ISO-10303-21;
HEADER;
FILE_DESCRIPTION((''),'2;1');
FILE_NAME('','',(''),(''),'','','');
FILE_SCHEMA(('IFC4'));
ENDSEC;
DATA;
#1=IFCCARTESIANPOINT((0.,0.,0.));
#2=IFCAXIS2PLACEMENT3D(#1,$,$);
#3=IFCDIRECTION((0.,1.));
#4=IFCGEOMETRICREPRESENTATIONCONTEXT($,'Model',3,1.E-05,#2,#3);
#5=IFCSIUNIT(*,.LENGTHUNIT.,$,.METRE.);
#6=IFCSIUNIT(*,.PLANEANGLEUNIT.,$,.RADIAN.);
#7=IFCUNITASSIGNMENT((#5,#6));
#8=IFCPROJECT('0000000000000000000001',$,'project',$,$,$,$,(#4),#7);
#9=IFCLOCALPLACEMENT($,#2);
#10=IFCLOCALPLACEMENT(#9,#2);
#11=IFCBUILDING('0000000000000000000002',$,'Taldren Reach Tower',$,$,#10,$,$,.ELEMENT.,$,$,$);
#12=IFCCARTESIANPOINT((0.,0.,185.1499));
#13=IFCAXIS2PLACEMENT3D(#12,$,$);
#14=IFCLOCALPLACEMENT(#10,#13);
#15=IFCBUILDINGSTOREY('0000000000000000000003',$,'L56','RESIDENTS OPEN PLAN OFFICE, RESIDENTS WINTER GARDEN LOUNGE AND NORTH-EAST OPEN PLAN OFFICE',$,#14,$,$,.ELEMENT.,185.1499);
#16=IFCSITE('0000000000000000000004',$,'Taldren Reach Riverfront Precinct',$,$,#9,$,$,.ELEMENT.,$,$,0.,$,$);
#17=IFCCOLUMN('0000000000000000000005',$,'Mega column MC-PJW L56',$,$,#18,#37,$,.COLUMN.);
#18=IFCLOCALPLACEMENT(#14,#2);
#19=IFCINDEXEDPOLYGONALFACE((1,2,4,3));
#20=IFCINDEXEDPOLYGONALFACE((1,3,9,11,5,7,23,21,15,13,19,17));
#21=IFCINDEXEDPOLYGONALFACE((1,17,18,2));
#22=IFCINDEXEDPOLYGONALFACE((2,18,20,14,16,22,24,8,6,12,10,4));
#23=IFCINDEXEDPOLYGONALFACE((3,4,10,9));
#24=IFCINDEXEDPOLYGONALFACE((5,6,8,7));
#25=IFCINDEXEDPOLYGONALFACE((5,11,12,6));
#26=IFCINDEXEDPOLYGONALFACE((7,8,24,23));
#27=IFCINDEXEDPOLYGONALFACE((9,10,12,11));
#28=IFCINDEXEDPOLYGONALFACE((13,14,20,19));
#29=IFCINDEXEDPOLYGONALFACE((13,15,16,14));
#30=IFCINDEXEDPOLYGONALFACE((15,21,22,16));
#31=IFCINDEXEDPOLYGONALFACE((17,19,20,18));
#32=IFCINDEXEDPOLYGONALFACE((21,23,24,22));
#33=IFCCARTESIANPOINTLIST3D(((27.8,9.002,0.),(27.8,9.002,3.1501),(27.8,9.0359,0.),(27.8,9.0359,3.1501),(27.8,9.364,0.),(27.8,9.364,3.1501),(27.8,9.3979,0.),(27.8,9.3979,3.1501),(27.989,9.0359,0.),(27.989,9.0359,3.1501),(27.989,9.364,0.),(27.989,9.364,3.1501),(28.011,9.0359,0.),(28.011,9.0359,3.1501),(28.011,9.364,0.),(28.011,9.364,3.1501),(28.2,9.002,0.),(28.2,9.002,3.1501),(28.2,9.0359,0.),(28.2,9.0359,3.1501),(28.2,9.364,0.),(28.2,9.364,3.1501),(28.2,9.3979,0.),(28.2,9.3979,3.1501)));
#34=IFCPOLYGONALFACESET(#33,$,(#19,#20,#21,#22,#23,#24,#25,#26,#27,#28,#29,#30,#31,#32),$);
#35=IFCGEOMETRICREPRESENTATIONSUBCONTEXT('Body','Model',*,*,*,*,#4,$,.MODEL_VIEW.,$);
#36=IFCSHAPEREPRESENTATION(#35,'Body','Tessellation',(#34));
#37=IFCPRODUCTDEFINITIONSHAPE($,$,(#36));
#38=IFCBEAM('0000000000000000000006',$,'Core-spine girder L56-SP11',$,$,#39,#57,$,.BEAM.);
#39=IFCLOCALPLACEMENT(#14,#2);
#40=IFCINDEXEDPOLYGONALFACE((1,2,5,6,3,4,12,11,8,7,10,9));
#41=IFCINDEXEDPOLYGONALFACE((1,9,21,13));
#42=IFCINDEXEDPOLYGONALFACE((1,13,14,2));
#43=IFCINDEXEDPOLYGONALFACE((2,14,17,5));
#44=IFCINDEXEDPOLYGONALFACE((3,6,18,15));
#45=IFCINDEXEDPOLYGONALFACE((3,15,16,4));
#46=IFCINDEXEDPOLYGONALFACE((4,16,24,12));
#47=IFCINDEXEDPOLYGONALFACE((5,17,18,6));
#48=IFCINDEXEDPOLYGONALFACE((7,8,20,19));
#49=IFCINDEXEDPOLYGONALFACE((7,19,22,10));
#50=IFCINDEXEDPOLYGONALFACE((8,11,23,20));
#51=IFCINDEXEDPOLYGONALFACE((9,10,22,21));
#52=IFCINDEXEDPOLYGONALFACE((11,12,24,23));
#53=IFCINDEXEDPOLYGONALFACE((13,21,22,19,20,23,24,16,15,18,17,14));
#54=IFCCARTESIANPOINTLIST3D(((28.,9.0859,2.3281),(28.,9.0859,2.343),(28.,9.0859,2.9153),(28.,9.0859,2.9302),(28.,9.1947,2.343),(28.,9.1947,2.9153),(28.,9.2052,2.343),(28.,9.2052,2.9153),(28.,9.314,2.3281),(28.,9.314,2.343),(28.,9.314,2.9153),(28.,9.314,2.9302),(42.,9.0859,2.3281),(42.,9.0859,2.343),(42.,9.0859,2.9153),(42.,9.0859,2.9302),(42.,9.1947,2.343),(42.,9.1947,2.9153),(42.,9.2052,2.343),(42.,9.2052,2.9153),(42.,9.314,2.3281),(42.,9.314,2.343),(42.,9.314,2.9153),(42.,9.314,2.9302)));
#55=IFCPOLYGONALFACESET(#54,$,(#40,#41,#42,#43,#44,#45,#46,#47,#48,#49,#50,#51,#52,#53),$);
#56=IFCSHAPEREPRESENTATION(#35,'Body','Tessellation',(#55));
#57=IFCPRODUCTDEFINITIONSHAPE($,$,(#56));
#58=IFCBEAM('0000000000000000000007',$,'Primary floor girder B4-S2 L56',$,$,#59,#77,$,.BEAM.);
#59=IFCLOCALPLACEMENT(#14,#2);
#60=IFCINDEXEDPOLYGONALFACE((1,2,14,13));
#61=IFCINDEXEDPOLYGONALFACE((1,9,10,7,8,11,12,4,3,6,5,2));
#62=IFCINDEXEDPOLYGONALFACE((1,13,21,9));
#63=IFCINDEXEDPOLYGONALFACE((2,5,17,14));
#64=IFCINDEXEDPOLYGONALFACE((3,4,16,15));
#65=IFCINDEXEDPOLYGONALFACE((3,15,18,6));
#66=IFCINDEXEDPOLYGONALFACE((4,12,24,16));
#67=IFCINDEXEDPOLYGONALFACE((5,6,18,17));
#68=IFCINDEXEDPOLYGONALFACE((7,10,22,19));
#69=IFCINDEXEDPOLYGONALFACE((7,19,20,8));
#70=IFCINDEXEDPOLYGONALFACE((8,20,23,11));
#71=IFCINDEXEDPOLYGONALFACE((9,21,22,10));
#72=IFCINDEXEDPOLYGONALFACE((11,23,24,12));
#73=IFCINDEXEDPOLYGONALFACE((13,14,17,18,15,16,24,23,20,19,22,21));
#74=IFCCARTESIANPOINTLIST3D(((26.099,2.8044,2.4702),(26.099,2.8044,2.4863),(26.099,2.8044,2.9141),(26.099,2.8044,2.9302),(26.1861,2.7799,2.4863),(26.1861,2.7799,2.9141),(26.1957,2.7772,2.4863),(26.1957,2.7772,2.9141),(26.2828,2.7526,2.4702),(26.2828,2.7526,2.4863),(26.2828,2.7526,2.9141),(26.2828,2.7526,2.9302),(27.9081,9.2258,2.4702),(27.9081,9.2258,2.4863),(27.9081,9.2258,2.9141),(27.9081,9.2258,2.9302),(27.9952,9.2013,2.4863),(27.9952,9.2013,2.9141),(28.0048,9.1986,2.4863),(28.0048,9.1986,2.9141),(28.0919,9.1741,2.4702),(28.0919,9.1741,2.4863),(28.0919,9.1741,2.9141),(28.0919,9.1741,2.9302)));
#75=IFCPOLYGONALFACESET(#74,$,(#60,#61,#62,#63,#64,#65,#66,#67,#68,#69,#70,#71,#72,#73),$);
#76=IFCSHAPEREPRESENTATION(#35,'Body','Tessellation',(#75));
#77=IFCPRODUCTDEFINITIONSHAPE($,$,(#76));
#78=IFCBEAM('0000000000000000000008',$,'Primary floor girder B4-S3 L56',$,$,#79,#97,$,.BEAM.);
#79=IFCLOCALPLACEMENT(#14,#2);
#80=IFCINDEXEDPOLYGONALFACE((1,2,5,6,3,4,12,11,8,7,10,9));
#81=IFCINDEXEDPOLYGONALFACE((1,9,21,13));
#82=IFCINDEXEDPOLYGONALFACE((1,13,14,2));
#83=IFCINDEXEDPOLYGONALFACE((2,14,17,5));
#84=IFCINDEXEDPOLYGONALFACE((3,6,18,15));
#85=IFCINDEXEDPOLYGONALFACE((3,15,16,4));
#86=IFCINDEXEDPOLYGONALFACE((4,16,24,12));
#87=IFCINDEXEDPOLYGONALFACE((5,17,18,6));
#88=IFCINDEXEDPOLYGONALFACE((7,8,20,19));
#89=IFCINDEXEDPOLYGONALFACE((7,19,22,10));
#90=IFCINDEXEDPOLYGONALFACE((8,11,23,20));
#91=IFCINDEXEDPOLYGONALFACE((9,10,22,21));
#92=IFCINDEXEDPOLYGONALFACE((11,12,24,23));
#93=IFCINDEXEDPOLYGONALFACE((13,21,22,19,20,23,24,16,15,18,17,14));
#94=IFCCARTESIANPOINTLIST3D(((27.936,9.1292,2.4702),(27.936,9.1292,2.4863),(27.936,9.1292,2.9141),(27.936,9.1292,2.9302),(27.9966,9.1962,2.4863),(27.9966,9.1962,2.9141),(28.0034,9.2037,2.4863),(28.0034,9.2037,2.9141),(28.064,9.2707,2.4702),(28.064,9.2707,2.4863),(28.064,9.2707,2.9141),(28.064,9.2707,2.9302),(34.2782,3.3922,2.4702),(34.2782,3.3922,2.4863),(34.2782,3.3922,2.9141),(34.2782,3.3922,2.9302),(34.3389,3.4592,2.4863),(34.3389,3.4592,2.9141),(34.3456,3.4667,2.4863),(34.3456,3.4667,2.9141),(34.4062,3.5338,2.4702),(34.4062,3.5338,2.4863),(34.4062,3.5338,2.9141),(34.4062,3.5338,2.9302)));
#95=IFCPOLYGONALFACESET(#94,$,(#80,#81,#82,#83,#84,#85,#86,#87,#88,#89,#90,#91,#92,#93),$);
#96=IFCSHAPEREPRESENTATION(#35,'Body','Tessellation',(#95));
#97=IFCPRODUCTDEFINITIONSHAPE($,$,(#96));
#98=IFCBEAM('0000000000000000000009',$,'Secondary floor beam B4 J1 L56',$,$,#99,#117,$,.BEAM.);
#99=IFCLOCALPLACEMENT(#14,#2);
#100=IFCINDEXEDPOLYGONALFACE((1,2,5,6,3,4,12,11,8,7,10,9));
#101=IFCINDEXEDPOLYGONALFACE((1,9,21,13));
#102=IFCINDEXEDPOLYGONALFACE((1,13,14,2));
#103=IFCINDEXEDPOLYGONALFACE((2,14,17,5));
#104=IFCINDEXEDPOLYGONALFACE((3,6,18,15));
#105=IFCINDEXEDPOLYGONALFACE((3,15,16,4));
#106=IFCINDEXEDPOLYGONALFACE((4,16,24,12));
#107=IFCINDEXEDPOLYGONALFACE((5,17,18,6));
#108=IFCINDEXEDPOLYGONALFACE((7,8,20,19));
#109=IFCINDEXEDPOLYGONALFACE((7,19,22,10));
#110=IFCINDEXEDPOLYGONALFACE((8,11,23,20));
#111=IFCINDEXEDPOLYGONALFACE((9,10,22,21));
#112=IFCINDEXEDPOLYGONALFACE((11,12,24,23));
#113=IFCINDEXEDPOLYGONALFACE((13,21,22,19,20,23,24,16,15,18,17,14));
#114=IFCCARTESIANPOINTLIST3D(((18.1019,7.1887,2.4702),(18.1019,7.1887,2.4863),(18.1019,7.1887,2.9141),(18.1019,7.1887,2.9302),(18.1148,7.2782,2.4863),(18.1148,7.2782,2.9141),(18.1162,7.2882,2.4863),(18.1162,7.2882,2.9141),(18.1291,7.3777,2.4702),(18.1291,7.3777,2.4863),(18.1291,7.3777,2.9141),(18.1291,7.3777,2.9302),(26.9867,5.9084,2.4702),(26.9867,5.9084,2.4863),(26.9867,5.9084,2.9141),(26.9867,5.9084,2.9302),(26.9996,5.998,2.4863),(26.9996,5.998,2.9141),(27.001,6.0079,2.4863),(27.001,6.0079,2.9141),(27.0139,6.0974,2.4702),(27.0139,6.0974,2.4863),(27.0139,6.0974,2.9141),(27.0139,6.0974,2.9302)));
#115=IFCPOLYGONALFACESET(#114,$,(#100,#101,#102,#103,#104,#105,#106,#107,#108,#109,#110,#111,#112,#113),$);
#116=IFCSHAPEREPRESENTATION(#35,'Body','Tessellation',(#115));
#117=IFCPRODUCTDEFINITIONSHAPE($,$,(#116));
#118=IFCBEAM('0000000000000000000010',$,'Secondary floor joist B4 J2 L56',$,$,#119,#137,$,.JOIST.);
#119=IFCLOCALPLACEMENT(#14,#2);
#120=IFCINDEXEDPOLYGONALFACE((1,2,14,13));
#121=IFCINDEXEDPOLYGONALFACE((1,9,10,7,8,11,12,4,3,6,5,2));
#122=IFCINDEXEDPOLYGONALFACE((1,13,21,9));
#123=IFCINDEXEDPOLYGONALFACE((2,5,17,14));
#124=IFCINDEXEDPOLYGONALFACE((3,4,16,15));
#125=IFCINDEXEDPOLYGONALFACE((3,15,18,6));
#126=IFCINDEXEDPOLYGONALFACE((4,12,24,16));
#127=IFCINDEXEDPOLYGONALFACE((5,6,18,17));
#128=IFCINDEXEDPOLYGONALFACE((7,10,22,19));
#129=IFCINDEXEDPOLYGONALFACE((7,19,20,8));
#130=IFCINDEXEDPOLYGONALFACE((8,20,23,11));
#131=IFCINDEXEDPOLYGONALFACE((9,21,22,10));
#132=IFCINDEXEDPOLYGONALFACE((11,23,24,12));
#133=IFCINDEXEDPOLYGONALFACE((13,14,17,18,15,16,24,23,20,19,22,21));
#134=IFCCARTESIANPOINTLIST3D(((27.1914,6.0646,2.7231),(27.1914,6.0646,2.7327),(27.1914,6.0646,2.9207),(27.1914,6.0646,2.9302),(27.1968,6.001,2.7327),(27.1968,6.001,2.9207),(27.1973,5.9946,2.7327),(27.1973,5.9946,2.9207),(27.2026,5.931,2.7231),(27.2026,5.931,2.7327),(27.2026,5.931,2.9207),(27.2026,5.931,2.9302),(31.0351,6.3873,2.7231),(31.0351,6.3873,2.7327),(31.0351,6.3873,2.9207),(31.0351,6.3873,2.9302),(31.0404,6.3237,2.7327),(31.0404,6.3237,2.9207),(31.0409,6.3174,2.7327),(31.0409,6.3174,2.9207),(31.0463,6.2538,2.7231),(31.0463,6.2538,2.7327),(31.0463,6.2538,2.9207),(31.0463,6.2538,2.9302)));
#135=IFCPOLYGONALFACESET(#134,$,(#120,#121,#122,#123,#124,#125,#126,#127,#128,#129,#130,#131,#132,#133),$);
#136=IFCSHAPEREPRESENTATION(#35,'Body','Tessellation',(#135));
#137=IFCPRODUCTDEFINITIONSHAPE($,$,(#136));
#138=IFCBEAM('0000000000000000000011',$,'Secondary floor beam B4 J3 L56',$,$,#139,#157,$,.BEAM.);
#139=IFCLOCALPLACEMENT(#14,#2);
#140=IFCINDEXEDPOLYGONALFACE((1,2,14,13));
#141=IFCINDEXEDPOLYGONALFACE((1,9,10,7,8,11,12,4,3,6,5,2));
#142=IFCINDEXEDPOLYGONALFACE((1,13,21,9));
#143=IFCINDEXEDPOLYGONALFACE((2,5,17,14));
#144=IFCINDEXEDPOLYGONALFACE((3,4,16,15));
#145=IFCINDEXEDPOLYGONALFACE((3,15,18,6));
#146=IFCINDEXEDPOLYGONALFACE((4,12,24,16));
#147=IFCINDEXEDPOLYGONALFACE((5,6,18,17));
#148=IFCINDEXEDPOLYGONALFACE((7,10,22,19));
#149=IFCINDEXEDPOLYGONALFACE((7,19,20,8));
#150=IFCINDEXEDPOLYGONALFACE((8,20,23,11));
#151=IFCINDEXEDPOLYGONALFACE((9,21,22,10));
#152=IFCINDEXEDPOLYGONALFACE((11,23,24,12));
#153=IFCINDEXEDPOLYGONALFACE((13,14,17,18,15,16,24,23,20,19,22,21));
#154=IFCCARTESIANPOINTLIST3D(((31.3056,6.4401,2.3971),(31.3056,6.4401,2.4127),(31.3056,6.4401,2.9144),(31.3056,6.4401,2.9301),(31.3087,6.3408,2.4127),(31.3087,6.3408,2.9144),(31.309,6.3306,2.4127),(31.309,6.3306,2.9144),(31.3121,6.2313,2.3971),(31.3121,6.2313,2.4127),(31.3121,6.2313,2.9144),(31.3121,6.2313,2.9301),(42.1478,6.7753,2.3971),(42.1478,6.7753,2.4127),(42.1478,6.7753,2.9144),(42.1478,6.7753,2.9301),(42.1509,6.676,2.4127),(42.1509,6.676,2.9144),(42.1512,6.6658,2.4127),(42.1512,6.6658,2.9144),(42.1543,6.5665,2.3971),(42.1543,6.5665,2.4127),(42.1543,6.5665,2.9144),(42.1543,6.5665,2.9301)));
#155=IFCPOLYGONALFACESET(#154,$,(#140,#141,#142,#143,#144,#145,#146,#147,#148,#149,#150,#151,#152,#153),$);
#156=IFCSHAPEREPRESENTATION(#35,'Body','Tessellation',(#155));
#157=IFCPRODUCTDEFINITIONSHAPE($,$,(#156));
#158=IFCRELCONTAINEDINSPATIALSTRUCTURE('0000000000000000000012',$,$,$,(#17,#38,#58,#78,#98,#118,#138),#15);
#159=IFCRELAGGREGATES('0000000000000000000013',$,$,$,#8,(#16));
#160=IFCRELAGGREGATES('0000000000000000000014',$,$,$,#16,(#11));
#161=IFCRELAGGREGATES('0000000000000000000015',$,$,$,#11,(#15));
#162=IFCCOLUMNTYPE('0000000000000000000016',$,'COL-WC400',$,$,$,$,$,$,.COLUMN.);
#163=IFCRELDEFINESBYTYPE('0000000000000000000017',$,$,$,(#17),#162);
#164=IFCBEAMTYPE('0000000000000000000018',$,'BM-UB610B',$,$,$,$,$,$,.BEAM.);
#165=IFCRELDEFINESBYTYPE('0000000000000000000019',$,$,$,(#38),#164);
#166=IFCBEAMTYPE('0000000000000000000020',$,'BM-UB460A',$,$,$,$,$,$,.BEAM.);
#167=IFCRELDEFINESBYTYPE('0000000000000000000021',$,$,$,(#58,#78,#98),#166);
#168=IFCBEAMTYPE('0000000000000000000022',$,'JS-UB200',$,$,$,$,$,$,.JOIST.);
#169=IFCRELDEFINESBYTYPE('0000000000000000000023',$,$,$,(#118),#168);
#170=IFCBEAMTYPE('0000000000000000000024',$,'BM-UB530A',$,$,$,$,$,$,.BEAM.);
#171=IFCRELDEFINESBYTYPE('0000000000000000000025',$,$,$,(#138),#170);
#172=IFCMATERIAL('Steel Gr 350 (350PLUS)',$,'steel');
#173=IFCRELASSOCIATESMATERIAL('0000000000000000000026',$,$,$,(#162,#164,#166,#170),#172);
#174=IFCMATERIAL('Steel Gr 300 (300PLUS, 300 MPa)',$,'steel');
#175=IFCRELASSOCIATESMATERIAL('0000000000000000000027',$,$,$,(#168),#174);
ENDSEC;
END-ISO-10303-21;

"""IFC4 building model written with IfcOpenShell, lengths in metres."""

from ifc_helpers import new_model, si_unit, direction, frame, origin, origin_2d, place, context, subcontext, project, spatial, i_section, extrude, source, transform, mapped, material, material_profile, profile_set, type_object, element, save


model = new_model("IFC4")

# Units and contexts
model_context = context("Model", 3, precision=1e-05, world=origin(), true_north=direction((0.0, 1.0)))
body_context = subcontext(model_context, "Body", "Model", "MODEL_VIEW")
ifc_project = project(units=[si_unit("LENGTHUNIT", "METRE"), si_unit("PLANEANGLEUNIT", "RADIAN")], contexts=[model_context])

# Site, building, storey
site_placement = place(None, origin())
site = spatial("IfcSite", under=ifc_project, at=site_placement, Name="Taldren Reach Riverfront Precinct", CompositionType="ELEMENT", RefElevation=0.0)
building_placement = place(site_placement, origin())
building = spatial("IfcBuilding", under=site, at=building_placement, Name="Taldren Reach Tower", CompositionType="ELEMENT")
storey_placement = place(building_placement, frame((0.0, 0.0, 185.1499)))
storey = spatial("IfcBuildingStorey", under=building, at=storey_placement, Name="L56", Description="RESIDENTS OPEN PLAN OFFICE, RESIDENTS WINTER GARDEN LOUNGE AND NORTH-EAST OPEN PLAN OFFICE", CompositionType="ELEMENT", Elevation=185.1499)

# Column
ifc_material_1 = material(Name="Steel Gr 350 (350PLUS)", Category="steel")
ifc_material_profile_1 = material_profile(ifc_material_1, i_section(OverallWidth=0.3999, OverallDepth=0.396, WebThickness=0.022, FlangeThickness=0.0339, at=origin_2d()), Name="400WC270")
ifc_profile_set_1 = profile_set([ifc_material_profile_1], Name="Steel Gr 350 (350PLUS)")
column_type = type_object("IfcColumnType", Name="COL-WC400", PredefinedType="COLUMN", material=ifc_profile_set_1)
shared_shape_1 = source(origin(), body_context, "Body", "SweptSolid", [
    extrude(i_section(OverallWidth=0.3999, OverallDepth=0.396, WebThickness=0.022, FlangeThickness=0.0339, at=origin_2d()), origin(), (0.0, 0.0, 1.0), 3.1501),
])
column_placement = place(storey_placement, frame((28.0, 9.2, 0.0), z_axis=(0.0, 0.0, 1.0), x_axis=(1.0, 0.0, 0.0)))
element("IfcColumn", 1, at=column_placement, inside=storey, type_object=column_type, Name="Mega column MC-PJW L56", PredefinedType="COLUMN", context=body_context, shape_type="MappedRepresentation", body=[
    mapped(shared_shape_1, transform((0.0, 0.0, 0.0), scale=1.0)),
])

# Beams
ifc_material_profile_2 = material_profile(ifc_material_1, i_section(OverallWidth=0.228, OverallDepth=0.6021, WebThickness=0.0105, FlangeThickness=0.0149, at=origin_2d()), Name="610UB101")
ifc_profile_set_2 = profile_set([ifc_material_profile_2], Name="Steel Gr 350 (350PLUS)")
beam_type_1 = type_object("IfcBeamType", Name="BM-UB610B", PredefinedType="BEAM", material=ifc_profile_set_2)
shared_shape_2 = source(origin(), body_context, "Body", "SweptSolid", [
    extrude(i_section(OverallWidth=0.228, OverallDepth=0.6021, WebThickness=0.0105, FlangeThickness=0.0149, at=origin_2d()), origin(), (0.0, 0.0, 1.0), 14.0),
])
beam_1_placement = place(storey_placement, frame((28.0, 9.2, 2.6292), z_axis=(1.0, 0.0, 0.0), x_axis=(0.0, 1.0, 0.0)))
element("IfcBeam", 2, at=beam_1_placement, inside=storey, type_object=beam_type_1, Name="Core-spine girder L56-SP11", PredefinedType="BEAM", context=body_context, shape_type="MappedRepresentation", body=[
    mapped(shared_shape_2, transform((0.0, 0.0, 0.0), scale=1.0)),
])
ifc_material_profile_3 = material_profile(ifc_material_1, i_section(OverallWidth=0.1909, OverallDepth=0.46, WebThickness=0.01, FlangeThickness=0.0161, at=origin_2d()), Name="460UB82.1")
ifc_profile_set_3 = profile_set([ifc_material_profile_3], Name="Steel Gr 350 (350PLUS)")
beam_type_2 = type_object("IfcBeamType", Name="BM-UB460A", PredefinedType="BEAM", material=ifc_profile_set_3)
shared_shape_3 = source(origin(), body_context, "Body", "SweptSolid", [
    extrude(i_section(OverallWidth=0.1909, OverallDepth=0.46, WebThickness=0.01, FlangeThickness=0.0161, at=origin_2d()), origin(), (0.0, 0.0, 1.0), 6.6714),
])
beam_2_placement = place(storey_placement, frame((28.0, 9.2, 2.7002), z_axis=(-0.271172, -0.962531, 0.0), x_axis=(0.962531, -0.271172, 0.0)))
element("IfcBeam", 3, at=beam_2_placement, inside=storey, type_object=beam_type_2, Name="Primary floor girder B4-S2 L56", PredefinedType="BEAM", context=body_context, shape_type="MappedRepresentation", body=[
    mapped(shared_shape_3, transform((0.0, 0.0, 0.0), scale=1.0)),
])
shared_shape_4 = source(origin(), body_context, "Body", "SweptSolid", [
    extrude(i_section(OverallWidth=0.1909, OverallDepth=0.46, WebThickness=0.01, FlangeThickness=0.0161, at=origin_2d()), origin(), (0.0, 0.0, 1.0), 8.552),
])
beam_3_placement = place(storey_placement, frame((28.0, 9.2, 2.7002), z_axis=(0.741605, -0.670836, 0.0), x_axis=(0.670836, 0.741605, 0.0)))
element("IfcBeam", 4, at=beam_3_placement, inside=storey, type_object=beam_type_2, Name="Primary floor girder B4-S3 L56", PredefinedType="BEAM", context=body_context, shape_type="MappedRepresentation", body=[
    mapped(shared_shape_4, transform((0.0, 0.0, 0.0), scale=1.0)),
])
shared_shape_5 = source(origin(), body_context, "Body", "SweptSolid", [
    extrude(i_section(OverallWidth=0.1909, OverallDepth=0.46, WebThickness=0.01, FlangeThickness=0.0161, at=origin_2d()), origin(), (0.0, 0.0, 1.0), 8.9766),
])
beam_4_placement = place(storey_placement, frame((18.1155, 7.2832, 2.7002), z_axis=(0.989777, -0.142624, 0.0), x_axis=(0.142624, 0.989777, 0.0)))
element("IfcBeam", 5, at=beam_4_placement, inside=storey, type_object=beam_type_2, Name="Secondary floor beam B4 J1 L56", PredefinedType="BEAM", context=body_context, shape_type="MappedRepresentation", body=[
    mapped(shared_shape_5, transform((0.0, 0.0, 0.0), scale=1.0)),
])
ifc_material_2 = material(Name="Steel Gr 300 (300PLUS, 300 MPa)", Category="steel")
ifc_material_profile_4 = material_profile(ifc_material_2, i_section(OverallWidth=0.134, OverallDepth=0.207, WebThickness=0.0063, FlangeThickness=0.0095, at=origin_2d()), Name="200UB29.8")
ifc_profile_set_4 = profile_set([ifc_material_profile_4], Name="Steel Gr 300 (300PLUS, 300 MPa)")
beam_type_3 = type_object("IfcBeamType", Name="JS-UB200", PredefinedType="JOIST", material=ifc_profile_set_4)
shared_shape_6 = source(origin(), body_context, "Body", "SweptSolid", [
    extrude(i_section(OverallWidth=0.134, OverallDepth=0.207, WebThickness=0.0063, FlangeThickness=0.0095, at=origin_2d()), origin(), (0.0, 0.0, 1.0), 3.8572),
])
beam_5_placement = place(storey_placement, frame((27.197, 5.9978, 2.8267), z_axis=(0.996493, 0.083674, 0.0), x_axis=(-0.083674, 0.996493, 0.0)))
element("IfcBeam", 6, at=beam_5_placement, inside=storey, type_object=beam_type_3, Name="Secondary floor joist B4 J2 L56", PredefinedType="JOIST", context=body_context, shape_type="MappedRepresentation", body=[
    mapped(shared_shape_6, transform((0.0, 0.0, 0.0), scale=1.0)),
])
ifc_material_profile_5 = material_profile(ifc_material_1, i_section(OverallWidth=0.209, OverallDepth=0.533, WebThickness=0.0103, FlangeThickness=0.0156, at=origin_2d()), Name="530UB92.4")
ifc_profile_set_5 = profile_set([ifc_material_profile_5], Name="Steel Gr 350 (350PLUS)")
beam_type_4 = type_object("IfcBeamType", Name="BM-UB530A", PredefinedType="BEAM", material=ifc_profile_set_5)
shared_shape_7 = source(origin(), body_context, "Body", "SweptSolid", [
    extrude(i_section(OverallWidth=0.209, OverallDepth=0.533, WebThickness=0.0103, FlangeThickness=0.0156, at=origin_2d()), origin(), (0.0, 0.0, 1.0), 10.8474),
])
beam_6_placement = place(storey_placement, frame((31.3088, 6.3357, 2.6636), z_axis=(0.999522, 0.030902, 0.0), x_axis=(-0.030902, 0.999522, 0.0)))
element("IfcBeam", 7, at=beam_6_placement, inside=storey, type_object=beam_type_4, Name="Secondary floor beam B4 J3 L56", PredefinedType="BEAM", context=body_context, shape_type="MappedRepresentation", body=[
    mapped(shared_shape_7, transform((0.0, 0.0, 0.0), scale=1.0)),
])

save(model, "model.ifc")
